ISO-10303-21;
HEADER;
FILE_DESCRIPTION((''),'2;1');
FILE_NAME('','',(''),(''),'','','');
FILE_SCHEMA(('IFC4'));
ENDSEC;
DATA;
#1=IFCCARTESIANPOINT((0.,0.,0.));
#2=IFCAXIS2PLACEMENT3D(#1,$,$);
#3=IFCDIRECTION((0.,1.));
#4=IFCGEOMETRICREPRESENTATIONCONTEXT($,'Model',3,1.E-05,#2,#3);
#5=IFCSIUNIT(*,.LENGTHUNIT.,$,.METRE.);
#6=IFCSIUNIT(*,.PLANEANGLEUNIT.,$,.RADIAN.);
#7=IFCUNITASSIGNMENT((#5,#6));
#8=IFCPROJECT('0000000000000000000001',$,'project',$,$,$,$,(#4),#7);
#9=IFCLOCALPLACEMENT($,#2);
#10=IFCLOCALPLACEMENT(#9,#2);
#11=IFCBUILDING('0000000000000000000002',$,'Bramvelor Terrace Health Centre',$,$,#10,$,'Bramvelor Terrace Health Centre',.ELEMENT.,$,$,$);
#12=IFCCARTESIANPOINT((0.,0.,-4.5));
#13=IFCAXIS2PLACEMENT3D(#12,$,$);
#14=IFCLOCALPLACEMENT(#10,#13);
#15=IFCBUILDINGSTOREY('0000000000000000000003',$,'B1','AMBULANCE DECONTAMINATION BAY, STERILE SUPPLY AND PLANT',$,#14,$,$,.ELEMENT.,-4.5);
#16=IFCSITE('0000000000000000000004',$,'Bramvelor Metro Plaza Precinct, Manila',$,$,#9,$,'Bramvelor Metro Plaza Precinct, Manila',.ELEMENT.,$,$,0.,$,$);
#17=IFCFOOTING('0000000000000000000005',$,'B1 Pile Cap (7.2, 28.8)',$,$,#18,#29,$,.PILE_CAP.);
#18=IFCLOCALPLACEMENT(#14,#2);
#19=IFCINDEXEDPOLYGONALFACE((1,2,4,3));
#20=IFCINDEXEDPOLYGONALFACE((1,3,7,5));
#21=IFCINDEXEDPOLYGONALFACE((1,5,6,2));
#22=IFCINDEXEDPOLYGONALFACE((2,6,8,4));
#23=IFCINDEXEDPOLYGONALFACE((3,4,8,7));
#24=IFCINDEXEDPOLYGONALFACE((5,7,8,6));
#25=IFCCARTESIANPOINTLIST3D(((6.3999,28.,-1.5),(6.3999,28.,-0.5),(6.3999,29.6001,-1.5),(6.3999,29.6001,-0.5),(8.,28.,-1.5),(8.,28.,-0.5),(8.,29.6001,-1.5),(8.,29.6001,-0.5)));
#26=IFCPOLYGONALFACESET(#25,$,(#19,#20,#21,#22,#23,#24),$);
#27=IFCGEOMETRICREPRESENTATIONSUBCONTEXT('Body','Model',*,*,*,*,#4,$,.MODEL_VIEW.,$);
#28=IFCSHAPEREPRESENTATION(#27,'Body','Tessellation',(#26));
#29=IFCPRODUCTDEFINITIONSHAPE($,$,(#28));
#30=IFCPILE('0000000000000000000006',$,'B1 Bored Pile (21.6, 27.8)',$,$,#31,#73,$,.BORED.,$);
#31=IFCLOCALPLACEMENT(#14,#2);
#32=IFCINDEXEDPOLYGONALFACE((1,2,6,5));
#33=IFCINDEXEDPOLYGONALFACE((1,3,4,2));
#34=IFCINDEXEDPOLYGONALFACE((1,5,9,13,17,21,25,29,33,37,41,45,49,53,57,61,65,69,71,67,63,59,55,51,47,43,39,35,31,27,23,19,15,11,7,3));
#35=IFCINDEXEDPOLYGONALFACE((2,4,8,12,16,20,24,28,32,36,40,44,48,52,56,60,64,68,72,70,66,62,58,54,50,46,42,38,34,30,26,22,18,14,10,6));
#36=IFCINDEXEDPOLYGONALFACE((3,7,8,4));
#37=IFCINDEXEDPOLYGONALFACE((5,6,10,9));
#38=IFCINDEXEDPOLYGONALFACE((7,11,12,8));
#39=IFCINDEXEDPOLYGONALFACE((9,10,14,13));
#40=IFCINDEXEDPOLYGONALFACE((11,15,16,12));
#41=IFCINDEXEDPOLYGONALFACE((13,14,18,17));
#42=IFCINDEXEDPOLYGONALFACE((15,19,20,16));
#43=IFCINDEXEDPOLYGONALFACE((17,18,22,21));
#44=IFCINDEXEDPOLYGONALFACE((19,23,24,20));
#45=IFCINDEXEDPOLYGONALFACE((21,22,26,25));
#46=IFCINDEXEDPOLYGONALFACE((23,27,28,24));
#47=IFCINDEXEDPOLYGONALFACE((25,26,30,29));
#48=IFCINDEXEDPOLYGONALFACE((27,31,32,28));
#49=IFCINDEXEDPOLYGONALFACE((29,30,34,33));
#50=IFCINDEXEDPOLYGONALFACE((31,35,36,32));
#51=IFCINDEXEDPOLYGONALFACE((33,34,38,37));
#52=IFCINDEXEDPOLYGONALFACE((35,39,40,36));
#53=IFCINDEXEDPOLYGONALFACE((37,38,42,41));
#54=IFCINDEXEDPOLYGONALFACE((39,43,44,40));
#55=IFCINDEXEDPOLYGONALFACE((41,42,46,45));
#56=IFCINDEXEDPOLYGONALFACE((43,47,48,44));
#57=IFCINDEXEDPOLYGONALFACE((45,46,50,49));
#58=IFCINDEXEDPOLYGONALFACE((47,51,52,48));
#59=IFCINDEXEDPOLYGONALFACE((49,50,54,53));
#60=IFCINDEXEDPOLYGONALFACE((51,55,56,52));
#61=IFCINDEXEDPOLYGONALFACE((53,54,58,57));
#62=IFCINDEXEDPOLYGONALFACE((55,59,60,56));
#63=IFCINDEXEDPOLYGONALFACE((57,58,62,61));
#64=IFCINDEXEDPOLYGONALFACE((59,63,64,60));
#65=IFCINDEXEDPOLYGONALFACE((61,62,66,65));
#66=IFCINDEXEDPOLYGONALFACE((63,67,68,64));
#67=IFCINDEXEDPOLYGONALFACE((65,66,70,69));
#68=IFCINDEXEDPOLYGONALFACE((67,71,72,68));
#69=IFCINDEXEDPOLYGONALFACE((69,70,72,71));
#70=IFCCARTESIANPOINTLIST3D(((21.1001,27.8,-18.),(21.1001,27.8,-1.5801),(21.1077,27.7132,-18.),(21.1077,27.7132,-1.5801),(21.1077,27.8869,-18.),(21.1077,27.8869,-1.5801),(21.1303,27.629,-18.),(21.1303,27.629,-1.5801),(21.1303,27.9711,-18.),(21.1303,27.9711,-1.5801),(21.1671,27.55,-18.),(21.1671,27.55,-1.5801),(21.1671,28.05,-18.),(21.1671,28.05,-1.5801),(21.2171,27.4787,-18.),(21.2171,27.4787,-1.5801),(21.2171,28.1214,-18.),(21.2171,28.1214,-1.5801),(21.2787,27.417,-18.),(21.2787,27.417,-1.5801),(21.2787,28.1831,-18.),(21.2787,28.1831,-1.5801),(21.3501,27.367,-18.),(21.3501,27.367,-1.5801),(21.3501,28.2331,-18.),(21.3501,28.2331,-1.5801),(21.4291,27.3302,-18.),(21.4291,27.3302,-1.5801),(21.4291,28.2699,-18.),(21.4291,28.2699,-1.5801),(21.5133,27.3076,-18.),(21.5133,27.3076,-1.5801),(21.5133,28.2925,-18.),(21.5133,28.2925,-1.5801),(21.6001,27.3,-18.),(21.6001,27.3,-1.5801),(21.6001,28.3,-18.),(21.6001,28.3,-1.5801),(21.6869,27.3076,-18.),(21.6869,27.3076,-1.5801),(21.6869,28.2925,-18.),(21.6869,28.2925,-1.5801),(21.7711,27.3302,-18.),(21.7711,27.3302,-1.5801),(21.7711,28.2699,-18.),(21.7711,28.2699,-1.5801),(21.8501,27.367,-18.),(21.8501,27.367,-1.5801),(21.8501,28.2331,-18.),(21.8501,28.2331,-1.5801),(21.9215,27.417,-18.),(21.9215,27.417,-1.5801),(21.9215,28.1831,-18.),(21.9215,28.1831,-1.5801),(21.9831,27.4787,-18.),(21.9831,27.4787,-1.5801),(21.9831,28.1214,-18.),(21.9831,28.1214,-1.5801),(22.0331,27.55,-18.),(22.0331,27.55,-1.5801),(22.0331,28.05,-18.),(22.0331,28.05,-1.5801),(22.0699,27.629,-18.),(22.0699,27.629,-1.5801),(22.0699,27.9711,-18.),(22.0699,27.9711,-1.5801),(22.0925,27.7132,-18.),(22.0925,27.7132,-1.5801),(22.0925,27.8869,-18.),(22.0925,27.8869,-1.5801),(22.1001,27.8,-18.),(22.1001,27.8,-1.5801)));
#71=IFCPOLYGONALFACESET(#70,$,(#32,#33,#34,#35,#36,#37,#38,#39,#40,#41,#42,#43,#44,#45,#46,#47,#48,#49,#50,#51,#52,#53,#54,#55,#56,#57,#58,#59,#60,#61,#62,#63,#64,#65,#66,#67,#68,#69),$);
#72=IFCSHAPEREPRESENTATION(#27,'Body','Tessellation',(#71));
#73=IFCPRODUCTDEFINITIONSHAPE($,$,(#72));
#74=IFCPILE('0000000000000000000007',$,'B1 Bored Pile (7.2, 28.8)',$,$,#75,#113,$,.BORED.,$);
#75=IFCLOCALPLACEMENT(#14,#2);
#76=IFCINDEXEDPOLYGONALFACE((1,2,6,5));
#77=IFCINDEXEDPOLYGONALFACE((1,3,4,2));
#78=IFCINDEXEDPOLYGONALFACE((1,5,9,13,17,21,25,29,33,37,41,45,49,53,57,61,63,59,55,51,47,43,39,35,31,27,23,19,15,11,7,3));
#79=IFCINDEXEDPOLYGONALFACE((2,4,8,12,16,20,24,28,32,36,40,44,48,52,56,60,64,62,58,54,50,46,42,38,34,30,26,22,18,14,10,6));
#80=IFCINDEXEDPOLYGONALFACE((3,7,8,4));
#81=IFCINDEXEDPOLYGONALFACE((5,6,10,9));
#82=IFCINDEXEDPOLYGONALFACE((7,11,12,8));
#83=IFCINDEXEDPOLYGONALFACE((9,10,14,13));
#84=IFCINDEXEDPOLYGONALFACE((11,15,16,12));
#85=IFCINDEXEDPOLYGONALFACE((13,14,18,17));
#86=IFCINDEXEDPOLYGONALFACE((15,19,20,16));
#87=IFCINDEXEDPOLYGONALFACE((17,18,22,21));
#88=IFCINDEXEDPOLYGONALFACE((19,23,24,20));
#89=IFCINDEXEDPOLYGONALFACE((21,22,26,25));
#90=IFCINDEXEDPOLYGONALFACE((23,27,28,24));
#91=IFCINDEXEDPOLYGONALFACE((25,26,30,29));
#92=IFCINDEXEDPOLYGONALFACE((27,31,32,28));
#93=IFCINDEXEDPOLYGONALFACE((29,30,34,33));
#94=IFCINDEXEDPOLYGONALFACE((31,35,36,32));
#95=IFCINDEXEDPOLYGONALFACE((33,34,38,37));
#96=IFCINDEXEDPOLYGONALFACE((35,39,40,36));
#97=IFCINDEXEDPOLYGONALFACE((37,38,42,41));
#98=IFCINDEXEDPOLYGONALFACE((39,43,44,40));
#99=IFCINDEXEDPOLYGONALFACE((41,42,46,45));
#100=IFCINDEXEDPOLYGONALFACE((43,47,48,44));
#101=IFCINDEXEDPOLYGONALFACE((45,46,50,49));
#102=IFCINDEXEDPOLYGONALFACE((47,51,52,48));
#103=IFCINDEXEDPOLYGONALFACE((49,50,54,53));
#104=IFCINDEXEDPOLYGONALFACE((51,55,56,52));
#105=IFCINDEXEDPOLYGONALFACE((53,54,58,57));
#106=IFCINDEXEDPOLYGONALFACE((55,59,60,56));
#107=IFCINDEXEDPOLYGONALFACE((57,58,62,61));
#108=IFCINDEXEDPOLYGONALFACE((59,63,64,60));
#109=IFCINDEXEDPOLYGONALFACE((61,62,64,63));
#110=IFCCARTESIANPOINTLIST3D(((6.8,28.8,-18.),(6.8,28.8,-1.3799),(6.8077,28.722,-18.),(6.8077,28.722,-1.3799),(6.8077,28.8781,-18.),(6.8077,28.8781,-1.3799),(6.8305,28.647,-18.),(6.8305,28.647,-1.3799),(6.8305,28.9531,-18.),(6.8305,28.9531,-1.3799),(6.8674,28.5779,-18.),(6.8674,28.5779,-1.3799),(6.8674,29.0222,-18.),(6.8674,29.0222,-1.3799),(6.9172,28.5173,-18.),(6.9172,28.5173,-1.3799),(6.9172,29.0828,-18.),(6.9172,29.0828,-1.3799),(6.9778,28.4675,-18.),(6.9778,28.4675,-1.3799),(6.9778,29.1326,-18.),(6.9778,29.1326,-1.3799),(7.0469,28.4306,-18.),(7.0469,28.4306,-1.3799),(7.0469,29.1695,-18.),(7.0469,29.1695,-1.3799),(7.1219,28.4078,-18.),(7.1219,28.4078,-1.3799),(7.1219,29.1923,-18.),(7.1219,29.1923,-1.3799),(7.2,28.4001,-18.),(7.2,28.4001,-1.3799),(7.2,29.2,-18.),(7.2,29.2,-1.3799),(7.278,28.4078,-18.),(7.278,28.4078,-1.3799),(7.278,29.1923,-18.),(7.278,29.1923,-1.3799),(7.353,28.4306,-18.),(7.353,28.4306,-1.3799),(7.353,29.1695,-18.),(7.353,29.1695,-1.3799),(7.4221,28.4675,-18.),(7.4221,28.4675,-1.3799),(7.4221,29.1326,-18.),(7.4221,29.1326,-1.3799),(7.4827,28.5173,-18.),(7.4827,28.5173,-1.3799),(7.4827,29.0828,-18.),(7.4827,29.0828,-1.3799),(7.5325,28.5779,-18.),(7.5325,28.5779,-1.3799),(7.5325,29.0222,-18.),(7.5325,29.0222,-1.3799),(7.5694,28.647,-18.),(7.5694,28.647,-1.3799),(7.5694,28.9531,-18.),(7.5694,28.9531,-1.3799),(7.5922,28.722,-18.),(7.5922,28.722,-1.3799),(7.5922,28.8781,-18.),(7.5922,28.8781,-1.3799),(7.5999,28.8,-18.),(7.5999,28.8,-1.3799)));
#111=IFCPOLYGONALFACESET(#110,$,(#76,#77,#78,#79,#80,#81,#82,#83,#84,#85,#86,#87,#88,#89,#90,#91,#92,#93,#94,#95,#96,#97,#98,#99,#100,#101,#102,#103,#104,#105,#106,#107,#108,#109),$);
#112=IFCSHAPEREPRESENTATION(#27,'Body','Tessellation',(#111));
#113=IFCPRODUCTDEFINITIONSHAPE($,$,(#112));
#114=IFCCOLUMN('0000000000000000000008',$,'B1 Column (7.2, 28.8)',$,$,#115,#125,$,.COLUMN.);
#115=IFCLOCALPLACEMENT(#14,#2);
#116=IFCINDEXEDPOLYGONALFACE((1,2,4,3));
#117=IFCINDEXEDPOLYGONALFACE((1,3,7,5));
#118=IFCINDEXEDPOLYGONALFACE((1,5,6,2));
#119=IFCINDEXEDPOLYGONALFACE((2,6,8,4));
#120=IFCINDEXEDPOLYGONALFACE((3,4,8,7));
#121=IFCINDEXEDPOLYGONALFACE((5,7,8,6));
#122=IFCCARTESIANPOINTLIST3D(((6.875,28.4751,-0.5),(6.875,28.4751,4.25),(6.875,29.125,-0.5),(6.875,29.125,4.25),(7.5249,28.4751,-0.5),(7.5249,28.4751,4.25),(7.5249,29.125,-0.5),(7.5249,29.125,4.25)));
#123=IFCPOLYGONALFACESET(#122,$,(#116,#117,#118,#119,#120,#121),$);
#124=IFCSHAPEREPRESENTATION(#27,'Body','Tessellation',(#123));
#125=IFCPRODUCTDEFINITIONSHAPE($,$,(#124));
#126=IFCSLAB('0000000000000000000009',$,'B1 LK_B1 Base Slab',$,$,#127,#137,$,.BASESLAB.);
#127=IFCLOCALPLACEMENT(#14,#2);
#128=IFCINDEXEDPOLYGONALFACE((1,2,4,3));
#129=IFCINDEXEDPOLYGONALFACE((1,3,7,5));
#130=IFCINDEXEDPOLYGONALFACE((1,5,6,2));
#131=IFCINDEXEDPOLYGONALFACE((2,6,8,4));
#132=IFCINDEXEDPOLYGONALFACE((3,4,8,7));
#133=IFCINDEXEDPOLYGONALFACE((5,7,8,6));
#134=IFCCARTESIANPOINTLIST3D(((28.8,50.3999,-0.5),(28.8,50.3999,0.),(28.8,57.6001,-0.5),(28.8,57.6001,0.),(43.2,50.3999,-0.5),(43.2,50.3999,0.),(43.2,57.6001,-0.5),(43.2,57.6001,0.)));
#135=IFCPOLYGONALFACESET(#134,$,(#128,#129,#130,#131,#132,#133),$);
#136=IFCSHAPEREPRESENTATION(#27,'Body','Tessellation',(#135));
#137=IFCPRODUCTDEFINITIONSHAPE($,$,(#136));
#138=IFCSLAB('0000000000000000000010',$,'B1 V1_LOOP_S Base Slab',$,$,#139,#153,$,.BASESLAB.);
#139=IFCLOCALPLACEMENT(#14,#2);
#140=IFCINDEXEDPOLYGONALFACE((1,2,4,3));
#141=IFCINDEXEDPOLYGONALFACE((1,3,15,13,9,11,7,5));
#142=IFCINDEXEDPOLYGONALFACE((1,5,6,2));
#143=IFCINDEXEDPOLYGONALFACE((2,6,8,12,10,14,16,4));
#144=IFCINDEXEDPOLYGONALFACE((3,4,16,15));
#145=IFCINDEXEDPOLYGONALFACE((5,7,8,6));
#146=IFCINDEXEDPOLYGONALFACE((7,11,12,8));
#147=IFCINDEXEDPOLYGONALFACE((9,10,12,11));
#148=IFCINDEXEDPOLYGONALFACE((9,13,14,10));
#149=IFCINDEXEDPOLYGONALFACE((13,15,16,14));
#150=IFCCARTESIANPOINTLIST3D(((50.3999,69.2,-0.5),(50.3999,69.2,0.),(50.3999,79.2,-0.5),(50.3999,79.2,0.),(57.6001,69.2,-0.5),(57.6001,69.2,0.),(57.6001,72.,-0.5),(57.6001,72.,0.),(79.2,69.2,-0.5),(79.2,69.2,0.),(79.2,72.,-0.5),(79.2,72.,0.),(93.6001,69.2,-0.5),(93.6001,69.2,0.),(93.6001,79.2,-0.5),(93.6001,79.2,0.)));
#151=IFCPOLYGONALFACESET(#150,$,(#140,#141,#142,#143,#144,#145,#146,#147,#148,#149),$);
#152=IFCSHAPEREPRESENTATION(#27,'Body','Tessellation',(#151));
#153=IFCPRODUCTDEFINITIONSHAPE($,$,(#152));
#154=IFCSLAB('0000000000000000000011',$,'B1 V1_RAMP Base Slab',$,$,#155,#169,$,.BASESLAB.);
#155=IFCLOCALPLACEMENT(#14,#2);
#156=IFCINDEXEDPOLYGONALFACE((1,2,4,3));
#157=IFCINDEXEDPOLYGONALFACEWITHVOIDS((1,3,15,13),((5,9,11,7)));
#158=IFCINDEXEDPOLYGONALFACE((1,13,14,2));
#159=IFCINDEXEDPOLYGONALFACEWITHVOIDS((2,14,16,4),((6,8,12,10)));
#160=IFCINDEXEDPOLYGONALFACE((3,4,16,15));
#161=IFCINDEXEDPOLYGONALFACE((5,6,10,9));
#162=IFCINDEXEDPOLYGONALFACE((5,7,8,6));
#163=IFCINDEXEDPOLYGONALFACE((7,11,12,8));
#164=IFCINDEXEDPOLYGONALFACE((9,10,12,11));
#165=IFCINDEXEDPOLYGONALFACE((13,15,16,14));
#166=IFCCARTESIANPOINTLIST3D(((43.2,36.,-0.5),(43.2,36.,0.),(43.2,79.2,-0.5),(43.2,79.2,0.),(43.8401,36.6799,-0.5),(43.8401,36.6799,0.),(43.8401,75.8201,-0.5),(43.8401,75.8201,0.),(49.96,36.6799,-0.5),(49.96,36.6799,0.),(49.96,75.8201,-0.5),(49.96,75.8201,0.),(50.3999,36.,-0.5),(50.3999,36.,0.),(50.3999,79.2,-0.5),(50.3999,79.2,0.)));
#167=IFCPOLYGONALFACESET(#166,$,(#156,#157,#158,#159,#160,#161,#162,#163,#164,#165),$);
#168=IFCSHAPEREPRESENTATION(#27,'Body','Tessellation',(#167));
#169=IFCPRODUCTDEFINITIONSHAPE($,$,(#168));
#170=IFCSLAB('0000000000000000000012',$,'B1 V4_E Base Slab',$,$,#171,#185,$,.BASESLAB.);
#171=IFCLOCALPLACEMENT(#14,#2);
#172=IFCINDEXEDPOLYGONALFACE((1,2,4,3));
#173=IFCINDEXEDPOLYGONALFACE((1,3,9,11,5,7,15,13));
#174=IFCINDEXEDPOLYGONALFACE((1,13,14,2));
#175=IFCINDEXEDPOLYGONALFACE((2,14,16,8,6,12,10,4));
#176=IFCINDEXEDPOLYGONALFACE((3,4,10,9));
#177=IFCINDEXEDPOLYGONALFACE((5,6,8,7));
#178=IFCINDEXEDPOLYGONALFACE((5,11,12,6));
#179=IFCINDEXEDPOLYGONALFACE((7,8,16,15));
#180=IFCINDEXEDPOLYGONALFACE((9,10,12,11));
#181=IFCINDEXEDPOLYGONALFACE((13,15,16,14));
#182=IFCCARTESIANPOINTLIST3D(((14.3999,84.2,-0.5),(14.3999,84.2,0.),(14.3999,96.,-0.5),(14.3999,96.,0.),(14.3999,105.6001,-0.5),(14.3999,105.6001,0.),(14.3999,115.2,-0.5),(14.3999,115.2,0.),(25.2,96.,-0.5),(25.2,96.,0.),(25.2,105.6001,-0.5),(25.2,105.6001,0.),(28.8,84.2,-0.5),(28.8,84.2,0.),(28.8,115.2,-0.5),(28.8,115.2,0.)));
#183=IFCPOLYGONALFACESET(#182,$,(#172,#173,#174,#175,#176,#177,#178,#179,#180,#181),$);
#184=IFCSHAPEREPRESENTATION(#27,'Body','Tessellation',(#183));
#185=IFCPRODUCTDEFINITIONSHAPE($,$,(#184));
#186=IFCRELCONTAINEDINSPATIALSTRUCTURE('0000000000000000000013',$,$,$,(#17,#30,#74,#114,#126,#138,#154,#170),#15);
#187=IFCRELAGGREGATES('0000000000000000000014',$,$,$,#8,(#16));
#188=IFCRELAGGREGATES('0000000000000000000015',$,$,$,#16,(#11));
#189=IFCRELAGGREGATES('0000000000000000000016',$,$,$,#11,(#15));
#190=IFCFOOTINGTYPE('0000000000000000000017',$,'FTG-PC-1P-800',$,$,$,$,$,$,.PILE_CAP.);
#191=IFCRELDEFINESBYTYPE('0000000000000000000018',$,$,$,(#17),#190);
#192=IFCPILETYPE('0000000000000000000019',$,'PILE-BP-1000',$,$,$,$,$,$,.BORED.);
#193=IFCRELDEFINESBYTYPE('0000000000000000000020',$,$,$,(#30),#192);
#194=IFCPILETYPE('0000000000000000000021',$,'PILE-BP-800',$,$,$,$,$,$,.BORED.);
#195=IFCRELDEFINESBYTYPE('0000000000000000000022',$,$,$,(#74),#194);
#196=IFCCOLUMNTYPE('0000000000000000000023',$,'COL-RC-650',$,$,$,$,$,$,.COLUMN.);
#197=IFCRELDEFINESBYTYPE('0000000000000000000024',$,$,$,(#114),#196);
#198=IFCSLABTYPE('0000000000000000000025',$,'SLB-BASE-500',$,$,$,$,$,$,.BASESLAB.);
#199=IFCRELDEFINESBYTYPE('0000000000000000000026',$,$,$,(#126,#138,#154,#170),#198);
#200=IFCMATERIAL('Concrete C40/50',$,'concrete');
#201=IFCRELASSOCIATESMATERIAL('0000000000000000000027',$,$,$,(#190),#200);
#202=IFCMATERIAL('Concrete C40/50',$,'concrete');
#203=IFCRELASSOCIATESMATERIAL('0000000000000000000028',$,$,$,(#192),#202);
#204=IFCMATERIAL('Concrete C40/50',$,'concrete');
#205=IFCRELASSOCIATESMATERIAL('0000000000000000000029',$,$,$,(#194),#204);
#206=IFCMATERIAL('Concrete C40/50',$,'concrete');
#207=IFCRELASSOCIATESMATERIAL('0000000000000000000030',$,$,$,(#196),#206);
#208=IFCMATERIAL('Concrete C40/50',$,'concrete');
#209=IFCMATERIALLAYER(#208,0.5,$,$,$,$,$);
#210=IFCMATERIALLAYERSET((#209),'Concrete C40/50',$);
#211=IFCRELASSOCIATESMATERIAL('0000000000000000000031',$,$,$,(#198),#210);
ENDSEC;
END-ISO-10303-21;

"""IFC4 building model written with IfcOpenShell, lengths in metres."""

from ifc_helpers import new_model, si_unit, direction, frame, origin, origin_2d, place, context, subcontext, project, spatial, polyline, rectangle, circle, outline, extrude, material, layer, layer_set, material_profile, profile_set, type_object, element, save


model = new_model("IFC4")

# Units and contexts
model_context = context("Model", 3, precision=1e-05, world=origin(), true_north=direction((0.0, 1.0)))
body_context = subcontext(model_context, "Body", "Model", "MODEL_VIEW")
ifc_project = project(units=[si_unit("LENGTHUNIT", "METRE"), si_unit("PLANEANGLEUNIT", "RADIAN")], contexts=[model_context])

# Site, building, storey
site_placement = place(None, origin())
site = spatial("IfcSite", under=ifc_project, at=site_placement, Name="Bramvelor Metro Plaza Precinct, Manila", LongName="Bramvelor Metro Plaza Precinct, Manila", CompositionType="ELEMENT", RefElevation=0.0)
building_placement = place(site_placement, origin())
building = spatial("IfcBuilding", under=site, at=building_placement, Name="Bramvelor Terrace Health Centre", LongName="Bramvelor Terrace Health Centre", CompositionType="ELEMENT")
storey_placement = place(building_placement, frame((0.0, 0.0, -4.5)))
storey = spatial("IfcBuildingStorey", under=building, at=storey_placement, Name="B1", Description="AMBULANCE DECONTAMINATION BAY, STERILE SUPPLY AND PLANT", CompositionType="ELEMENT", Elevation=-4.5)

# Footing
ifc_material_1 = material(Name="Concrete C40/50", Category="concrete")
footing_type = type_object("IfcFootingType", Name="FTG-PC-1P-800", PredefinedType="PILE_CAP", material=ifc_material_1)
footing_placement = place(storey_placement, frame((7.2, 28.8, -1.5), z_axis=(0.0, 0.0, 1.0), x_axis=(1.0, 0.0, 0.0)))
element("IfcFooting", 1, at=footing_placement, inside=storey, type_object=footing_type, Name="B1 Pile Cap (7.2, 28.8)", PredefinedType="PILE_CAP", context=body_context, shape_type="SweptSolid", body=[
    extrude(rectangle(XDim=1.6001, YDim=1.6001, at=origin_2d()), origin(), (0.0, 0.0, 1.0), 1.0),
])

# Piles
ifc_material_2 = material(Name="Concrete C40/50", Category="concrete")
ifc_material_profile_1 = material_profile(ifc_material_2, circle(Radius=0.5, at=origin_2d()), Name="BP D1000")
ifc_profile_set_1 = profile_set([ifc_material_profile_1], Name="Concrete C40/50")
pile_type_1 = type_object("IfcPileType", Name="PILE-BP-1000", PredefinedType="BORED", material=ifc_profile_set_1)
pile_1_placement = place(storey_placement, frame((21.6001, 27.8, -1.5801), z_axis=(0.0, 0.0, -1.0), x_axis=(1.0, 0.0, 0.0)))
element("IfcPile", 2, at=pile_1_placement, inside=storey, type_object=pile_type_1, Name="B1 Bored Pile (21.6, 27.8)", PredefinedType="BORED", context=body_context, shape_type="SweptSolid", body=[
    extrude(circle(Radius=0.5, at=origin_2d()), origin(), (0.0, 0.0, 1.0), 16.4199),
])
ifc_material_3 = material(Name="Concrete C40/50", Category="concrete")
ifc_material_profile_2 = material_profile(ifc_material_3, circle(Radius=0.3999, at=origin_2d()), Name="BP D800")
ifc_profile_set_2 = profile_set([ifc_material_profile_2], Name="Concrete C40/50")
pile_type_2 = type_object("IfcPileType", Name="PILE-BP-800", PredefinedType="BORED", material=ifc_profile_set_2)
pile_2_placement = place(storey_placement, frame((7.2, 28.8, -1.3799), z_axis=(0.0, 0.0, -1.0), x_axis=(1.0, 0.0, 0.0)))
element("IfcPile", 3, at=pile_2_placement, inside=storey, type_object=pile_type_2, Name="B1 Bored Pile (7.2, 28.8)", PredefinedType="BORED", context=body_context, shape_type="SweptSolid", body=[
    extrude(circle(Radius=0.3999, at=origin_2d()), origin(), (0.0, 0.0, 1.0), 16.6201),
])

# Column
ifc_material_4 = material(Name="Concrete C40/50", Category="concrete")
ifc_material_profile_3 = material_profile(ifc_material_4, rectangle(XDim=0.6499, YDim=0.6499, at=origin_2d()), Name="RC 650x650")
ifc_profile_set_3 = profile_set([ifc_material_profile_3], Name="Concrete C40/50")
column_type = type_object("IfcColumnType", Name="COL-RC-650", PredefinedType="COLUMN", material=ifc_profile_set_3)
column_placement = place(storey_placement, frame((7.2, 28.8, -0.5), z_axis=(0.0, 0.0, 1.0), x_axis=(1.0, 0.0, 0.0)))
element("IfcColumn", 4, at=column_placement, inside=storey, type_object=column_type, Name="B1 Column (7.2, 28.8)", PredefinedType="COLUMN", context=body_context, shape_type="SweptSolid", body=[
    extrude(rectangle(XDim=0.6499, YDim=0.6499, at=origin_2d()), origin(), (0.0, 0.0, 1.0), 4.75),
])

# Slabs
ifc_material_5 = material(Name="Concrete C40/50", Category="concrete")
ifc_layer_1 = layer(ifc_material_5, 0.5)
ifc_layer_set_1 = layer_set([ifc_layer_1], Name="Concrete C40/50")
slab_type_1 = type_object("IfcSlabType", Name="SLB-BASE-500", PredefinedType="BASESLAB", material=ifc_layer_set_1)
slab_1_placement = place(storey_placement, frame((0.0, 0.0, -0.5)))
element("IfcSlab", 5, at=slab_1_placement, inside=storey, type_object=slab_type_1, Name="B1 LK_B1 Base Slab", PredefinedType="BASESLAB", context=body_context, shape_type="SweptSolid", body=[
    extrude(outline(polyline([(43.2, 50.3999), (43.2, 57.6001), (28.8, 57.6001), (28.8, 50.3999), (43.2, 50.3999)])), origin(), (0.0, 0.0, 1.0), 0.5),
])
slab_2_placement = place(storey_placement, frame((0.0, 0.0, -0.5)))
element("IfcSlab", 6, at=slab_2_placement, inside=storey, type_object=slab_type_1, Name="B1 V1_LOOP_S Base Slab", PredefinedType="BASESLAB", context=body_context, shape_type="SweptSolid", body=[
    extrude(outline(polyline([(50.3999, 69.2), (50.3999, 79.2), (93.6001, 79.2), (93.6001, 69.2), (79.2, 69.2), (79.2, 72.0), (57.6001, 72.0), (57.6001, 69.2), (50.3999, 69.2)])), origin(), (0.0, 0.0, 1.0), 0.5),
])
slab_3_placement = place(storey_placement, frame((0.0, 0.0, -0.5)))
element("IfcSlab", 7, at=slab_3_placement, inside=storey, type_object=slab_type_1, Name="B1 V1_RAMP Base Slab", PredefinedType="BASESLAB", context=body_context, shape_type="SweptSolid", body=[
    extrude(outline(polyline([(43.2, 36.0), (43.2, 79.2), (50.3999, 79.2), (50.3999, 36.0), (43.2, 36.0)]), holes=[polyline([(49.96, 75.8201), (43.8401, 75.8201), (43.8401, 36.6799), (49.96, 36.6799), (49.96, 75.8201)])]), origin(), (0.0, 0.0, 1.0), 0.5),
])
slab_4_placement = place(storey_placement, frame((0.0, 0.0, -0.5)))
element("IfcSlab", 8, at=slab_4_placement, inside=storey, type_object=slab_type_1, Name="B1 V4_E Base Slab", PredefinedType="BASESLAB", context=body_context, shape_type="SweptSolid", body=[
    extrude(outline(polyline([(14.3999, 115.2), (28.8, 115.2), (28.8, 84.2), (14.3999, 84.2), (14.3999, 96.0), (25.2, 96.0), (25.2, 105.6001), (14.3999, 105.6001), (14.3999, 115.2)])), origin(), (0.0, 0.0, 1.0), 0.5),
])

save(model, "model.ifc")
